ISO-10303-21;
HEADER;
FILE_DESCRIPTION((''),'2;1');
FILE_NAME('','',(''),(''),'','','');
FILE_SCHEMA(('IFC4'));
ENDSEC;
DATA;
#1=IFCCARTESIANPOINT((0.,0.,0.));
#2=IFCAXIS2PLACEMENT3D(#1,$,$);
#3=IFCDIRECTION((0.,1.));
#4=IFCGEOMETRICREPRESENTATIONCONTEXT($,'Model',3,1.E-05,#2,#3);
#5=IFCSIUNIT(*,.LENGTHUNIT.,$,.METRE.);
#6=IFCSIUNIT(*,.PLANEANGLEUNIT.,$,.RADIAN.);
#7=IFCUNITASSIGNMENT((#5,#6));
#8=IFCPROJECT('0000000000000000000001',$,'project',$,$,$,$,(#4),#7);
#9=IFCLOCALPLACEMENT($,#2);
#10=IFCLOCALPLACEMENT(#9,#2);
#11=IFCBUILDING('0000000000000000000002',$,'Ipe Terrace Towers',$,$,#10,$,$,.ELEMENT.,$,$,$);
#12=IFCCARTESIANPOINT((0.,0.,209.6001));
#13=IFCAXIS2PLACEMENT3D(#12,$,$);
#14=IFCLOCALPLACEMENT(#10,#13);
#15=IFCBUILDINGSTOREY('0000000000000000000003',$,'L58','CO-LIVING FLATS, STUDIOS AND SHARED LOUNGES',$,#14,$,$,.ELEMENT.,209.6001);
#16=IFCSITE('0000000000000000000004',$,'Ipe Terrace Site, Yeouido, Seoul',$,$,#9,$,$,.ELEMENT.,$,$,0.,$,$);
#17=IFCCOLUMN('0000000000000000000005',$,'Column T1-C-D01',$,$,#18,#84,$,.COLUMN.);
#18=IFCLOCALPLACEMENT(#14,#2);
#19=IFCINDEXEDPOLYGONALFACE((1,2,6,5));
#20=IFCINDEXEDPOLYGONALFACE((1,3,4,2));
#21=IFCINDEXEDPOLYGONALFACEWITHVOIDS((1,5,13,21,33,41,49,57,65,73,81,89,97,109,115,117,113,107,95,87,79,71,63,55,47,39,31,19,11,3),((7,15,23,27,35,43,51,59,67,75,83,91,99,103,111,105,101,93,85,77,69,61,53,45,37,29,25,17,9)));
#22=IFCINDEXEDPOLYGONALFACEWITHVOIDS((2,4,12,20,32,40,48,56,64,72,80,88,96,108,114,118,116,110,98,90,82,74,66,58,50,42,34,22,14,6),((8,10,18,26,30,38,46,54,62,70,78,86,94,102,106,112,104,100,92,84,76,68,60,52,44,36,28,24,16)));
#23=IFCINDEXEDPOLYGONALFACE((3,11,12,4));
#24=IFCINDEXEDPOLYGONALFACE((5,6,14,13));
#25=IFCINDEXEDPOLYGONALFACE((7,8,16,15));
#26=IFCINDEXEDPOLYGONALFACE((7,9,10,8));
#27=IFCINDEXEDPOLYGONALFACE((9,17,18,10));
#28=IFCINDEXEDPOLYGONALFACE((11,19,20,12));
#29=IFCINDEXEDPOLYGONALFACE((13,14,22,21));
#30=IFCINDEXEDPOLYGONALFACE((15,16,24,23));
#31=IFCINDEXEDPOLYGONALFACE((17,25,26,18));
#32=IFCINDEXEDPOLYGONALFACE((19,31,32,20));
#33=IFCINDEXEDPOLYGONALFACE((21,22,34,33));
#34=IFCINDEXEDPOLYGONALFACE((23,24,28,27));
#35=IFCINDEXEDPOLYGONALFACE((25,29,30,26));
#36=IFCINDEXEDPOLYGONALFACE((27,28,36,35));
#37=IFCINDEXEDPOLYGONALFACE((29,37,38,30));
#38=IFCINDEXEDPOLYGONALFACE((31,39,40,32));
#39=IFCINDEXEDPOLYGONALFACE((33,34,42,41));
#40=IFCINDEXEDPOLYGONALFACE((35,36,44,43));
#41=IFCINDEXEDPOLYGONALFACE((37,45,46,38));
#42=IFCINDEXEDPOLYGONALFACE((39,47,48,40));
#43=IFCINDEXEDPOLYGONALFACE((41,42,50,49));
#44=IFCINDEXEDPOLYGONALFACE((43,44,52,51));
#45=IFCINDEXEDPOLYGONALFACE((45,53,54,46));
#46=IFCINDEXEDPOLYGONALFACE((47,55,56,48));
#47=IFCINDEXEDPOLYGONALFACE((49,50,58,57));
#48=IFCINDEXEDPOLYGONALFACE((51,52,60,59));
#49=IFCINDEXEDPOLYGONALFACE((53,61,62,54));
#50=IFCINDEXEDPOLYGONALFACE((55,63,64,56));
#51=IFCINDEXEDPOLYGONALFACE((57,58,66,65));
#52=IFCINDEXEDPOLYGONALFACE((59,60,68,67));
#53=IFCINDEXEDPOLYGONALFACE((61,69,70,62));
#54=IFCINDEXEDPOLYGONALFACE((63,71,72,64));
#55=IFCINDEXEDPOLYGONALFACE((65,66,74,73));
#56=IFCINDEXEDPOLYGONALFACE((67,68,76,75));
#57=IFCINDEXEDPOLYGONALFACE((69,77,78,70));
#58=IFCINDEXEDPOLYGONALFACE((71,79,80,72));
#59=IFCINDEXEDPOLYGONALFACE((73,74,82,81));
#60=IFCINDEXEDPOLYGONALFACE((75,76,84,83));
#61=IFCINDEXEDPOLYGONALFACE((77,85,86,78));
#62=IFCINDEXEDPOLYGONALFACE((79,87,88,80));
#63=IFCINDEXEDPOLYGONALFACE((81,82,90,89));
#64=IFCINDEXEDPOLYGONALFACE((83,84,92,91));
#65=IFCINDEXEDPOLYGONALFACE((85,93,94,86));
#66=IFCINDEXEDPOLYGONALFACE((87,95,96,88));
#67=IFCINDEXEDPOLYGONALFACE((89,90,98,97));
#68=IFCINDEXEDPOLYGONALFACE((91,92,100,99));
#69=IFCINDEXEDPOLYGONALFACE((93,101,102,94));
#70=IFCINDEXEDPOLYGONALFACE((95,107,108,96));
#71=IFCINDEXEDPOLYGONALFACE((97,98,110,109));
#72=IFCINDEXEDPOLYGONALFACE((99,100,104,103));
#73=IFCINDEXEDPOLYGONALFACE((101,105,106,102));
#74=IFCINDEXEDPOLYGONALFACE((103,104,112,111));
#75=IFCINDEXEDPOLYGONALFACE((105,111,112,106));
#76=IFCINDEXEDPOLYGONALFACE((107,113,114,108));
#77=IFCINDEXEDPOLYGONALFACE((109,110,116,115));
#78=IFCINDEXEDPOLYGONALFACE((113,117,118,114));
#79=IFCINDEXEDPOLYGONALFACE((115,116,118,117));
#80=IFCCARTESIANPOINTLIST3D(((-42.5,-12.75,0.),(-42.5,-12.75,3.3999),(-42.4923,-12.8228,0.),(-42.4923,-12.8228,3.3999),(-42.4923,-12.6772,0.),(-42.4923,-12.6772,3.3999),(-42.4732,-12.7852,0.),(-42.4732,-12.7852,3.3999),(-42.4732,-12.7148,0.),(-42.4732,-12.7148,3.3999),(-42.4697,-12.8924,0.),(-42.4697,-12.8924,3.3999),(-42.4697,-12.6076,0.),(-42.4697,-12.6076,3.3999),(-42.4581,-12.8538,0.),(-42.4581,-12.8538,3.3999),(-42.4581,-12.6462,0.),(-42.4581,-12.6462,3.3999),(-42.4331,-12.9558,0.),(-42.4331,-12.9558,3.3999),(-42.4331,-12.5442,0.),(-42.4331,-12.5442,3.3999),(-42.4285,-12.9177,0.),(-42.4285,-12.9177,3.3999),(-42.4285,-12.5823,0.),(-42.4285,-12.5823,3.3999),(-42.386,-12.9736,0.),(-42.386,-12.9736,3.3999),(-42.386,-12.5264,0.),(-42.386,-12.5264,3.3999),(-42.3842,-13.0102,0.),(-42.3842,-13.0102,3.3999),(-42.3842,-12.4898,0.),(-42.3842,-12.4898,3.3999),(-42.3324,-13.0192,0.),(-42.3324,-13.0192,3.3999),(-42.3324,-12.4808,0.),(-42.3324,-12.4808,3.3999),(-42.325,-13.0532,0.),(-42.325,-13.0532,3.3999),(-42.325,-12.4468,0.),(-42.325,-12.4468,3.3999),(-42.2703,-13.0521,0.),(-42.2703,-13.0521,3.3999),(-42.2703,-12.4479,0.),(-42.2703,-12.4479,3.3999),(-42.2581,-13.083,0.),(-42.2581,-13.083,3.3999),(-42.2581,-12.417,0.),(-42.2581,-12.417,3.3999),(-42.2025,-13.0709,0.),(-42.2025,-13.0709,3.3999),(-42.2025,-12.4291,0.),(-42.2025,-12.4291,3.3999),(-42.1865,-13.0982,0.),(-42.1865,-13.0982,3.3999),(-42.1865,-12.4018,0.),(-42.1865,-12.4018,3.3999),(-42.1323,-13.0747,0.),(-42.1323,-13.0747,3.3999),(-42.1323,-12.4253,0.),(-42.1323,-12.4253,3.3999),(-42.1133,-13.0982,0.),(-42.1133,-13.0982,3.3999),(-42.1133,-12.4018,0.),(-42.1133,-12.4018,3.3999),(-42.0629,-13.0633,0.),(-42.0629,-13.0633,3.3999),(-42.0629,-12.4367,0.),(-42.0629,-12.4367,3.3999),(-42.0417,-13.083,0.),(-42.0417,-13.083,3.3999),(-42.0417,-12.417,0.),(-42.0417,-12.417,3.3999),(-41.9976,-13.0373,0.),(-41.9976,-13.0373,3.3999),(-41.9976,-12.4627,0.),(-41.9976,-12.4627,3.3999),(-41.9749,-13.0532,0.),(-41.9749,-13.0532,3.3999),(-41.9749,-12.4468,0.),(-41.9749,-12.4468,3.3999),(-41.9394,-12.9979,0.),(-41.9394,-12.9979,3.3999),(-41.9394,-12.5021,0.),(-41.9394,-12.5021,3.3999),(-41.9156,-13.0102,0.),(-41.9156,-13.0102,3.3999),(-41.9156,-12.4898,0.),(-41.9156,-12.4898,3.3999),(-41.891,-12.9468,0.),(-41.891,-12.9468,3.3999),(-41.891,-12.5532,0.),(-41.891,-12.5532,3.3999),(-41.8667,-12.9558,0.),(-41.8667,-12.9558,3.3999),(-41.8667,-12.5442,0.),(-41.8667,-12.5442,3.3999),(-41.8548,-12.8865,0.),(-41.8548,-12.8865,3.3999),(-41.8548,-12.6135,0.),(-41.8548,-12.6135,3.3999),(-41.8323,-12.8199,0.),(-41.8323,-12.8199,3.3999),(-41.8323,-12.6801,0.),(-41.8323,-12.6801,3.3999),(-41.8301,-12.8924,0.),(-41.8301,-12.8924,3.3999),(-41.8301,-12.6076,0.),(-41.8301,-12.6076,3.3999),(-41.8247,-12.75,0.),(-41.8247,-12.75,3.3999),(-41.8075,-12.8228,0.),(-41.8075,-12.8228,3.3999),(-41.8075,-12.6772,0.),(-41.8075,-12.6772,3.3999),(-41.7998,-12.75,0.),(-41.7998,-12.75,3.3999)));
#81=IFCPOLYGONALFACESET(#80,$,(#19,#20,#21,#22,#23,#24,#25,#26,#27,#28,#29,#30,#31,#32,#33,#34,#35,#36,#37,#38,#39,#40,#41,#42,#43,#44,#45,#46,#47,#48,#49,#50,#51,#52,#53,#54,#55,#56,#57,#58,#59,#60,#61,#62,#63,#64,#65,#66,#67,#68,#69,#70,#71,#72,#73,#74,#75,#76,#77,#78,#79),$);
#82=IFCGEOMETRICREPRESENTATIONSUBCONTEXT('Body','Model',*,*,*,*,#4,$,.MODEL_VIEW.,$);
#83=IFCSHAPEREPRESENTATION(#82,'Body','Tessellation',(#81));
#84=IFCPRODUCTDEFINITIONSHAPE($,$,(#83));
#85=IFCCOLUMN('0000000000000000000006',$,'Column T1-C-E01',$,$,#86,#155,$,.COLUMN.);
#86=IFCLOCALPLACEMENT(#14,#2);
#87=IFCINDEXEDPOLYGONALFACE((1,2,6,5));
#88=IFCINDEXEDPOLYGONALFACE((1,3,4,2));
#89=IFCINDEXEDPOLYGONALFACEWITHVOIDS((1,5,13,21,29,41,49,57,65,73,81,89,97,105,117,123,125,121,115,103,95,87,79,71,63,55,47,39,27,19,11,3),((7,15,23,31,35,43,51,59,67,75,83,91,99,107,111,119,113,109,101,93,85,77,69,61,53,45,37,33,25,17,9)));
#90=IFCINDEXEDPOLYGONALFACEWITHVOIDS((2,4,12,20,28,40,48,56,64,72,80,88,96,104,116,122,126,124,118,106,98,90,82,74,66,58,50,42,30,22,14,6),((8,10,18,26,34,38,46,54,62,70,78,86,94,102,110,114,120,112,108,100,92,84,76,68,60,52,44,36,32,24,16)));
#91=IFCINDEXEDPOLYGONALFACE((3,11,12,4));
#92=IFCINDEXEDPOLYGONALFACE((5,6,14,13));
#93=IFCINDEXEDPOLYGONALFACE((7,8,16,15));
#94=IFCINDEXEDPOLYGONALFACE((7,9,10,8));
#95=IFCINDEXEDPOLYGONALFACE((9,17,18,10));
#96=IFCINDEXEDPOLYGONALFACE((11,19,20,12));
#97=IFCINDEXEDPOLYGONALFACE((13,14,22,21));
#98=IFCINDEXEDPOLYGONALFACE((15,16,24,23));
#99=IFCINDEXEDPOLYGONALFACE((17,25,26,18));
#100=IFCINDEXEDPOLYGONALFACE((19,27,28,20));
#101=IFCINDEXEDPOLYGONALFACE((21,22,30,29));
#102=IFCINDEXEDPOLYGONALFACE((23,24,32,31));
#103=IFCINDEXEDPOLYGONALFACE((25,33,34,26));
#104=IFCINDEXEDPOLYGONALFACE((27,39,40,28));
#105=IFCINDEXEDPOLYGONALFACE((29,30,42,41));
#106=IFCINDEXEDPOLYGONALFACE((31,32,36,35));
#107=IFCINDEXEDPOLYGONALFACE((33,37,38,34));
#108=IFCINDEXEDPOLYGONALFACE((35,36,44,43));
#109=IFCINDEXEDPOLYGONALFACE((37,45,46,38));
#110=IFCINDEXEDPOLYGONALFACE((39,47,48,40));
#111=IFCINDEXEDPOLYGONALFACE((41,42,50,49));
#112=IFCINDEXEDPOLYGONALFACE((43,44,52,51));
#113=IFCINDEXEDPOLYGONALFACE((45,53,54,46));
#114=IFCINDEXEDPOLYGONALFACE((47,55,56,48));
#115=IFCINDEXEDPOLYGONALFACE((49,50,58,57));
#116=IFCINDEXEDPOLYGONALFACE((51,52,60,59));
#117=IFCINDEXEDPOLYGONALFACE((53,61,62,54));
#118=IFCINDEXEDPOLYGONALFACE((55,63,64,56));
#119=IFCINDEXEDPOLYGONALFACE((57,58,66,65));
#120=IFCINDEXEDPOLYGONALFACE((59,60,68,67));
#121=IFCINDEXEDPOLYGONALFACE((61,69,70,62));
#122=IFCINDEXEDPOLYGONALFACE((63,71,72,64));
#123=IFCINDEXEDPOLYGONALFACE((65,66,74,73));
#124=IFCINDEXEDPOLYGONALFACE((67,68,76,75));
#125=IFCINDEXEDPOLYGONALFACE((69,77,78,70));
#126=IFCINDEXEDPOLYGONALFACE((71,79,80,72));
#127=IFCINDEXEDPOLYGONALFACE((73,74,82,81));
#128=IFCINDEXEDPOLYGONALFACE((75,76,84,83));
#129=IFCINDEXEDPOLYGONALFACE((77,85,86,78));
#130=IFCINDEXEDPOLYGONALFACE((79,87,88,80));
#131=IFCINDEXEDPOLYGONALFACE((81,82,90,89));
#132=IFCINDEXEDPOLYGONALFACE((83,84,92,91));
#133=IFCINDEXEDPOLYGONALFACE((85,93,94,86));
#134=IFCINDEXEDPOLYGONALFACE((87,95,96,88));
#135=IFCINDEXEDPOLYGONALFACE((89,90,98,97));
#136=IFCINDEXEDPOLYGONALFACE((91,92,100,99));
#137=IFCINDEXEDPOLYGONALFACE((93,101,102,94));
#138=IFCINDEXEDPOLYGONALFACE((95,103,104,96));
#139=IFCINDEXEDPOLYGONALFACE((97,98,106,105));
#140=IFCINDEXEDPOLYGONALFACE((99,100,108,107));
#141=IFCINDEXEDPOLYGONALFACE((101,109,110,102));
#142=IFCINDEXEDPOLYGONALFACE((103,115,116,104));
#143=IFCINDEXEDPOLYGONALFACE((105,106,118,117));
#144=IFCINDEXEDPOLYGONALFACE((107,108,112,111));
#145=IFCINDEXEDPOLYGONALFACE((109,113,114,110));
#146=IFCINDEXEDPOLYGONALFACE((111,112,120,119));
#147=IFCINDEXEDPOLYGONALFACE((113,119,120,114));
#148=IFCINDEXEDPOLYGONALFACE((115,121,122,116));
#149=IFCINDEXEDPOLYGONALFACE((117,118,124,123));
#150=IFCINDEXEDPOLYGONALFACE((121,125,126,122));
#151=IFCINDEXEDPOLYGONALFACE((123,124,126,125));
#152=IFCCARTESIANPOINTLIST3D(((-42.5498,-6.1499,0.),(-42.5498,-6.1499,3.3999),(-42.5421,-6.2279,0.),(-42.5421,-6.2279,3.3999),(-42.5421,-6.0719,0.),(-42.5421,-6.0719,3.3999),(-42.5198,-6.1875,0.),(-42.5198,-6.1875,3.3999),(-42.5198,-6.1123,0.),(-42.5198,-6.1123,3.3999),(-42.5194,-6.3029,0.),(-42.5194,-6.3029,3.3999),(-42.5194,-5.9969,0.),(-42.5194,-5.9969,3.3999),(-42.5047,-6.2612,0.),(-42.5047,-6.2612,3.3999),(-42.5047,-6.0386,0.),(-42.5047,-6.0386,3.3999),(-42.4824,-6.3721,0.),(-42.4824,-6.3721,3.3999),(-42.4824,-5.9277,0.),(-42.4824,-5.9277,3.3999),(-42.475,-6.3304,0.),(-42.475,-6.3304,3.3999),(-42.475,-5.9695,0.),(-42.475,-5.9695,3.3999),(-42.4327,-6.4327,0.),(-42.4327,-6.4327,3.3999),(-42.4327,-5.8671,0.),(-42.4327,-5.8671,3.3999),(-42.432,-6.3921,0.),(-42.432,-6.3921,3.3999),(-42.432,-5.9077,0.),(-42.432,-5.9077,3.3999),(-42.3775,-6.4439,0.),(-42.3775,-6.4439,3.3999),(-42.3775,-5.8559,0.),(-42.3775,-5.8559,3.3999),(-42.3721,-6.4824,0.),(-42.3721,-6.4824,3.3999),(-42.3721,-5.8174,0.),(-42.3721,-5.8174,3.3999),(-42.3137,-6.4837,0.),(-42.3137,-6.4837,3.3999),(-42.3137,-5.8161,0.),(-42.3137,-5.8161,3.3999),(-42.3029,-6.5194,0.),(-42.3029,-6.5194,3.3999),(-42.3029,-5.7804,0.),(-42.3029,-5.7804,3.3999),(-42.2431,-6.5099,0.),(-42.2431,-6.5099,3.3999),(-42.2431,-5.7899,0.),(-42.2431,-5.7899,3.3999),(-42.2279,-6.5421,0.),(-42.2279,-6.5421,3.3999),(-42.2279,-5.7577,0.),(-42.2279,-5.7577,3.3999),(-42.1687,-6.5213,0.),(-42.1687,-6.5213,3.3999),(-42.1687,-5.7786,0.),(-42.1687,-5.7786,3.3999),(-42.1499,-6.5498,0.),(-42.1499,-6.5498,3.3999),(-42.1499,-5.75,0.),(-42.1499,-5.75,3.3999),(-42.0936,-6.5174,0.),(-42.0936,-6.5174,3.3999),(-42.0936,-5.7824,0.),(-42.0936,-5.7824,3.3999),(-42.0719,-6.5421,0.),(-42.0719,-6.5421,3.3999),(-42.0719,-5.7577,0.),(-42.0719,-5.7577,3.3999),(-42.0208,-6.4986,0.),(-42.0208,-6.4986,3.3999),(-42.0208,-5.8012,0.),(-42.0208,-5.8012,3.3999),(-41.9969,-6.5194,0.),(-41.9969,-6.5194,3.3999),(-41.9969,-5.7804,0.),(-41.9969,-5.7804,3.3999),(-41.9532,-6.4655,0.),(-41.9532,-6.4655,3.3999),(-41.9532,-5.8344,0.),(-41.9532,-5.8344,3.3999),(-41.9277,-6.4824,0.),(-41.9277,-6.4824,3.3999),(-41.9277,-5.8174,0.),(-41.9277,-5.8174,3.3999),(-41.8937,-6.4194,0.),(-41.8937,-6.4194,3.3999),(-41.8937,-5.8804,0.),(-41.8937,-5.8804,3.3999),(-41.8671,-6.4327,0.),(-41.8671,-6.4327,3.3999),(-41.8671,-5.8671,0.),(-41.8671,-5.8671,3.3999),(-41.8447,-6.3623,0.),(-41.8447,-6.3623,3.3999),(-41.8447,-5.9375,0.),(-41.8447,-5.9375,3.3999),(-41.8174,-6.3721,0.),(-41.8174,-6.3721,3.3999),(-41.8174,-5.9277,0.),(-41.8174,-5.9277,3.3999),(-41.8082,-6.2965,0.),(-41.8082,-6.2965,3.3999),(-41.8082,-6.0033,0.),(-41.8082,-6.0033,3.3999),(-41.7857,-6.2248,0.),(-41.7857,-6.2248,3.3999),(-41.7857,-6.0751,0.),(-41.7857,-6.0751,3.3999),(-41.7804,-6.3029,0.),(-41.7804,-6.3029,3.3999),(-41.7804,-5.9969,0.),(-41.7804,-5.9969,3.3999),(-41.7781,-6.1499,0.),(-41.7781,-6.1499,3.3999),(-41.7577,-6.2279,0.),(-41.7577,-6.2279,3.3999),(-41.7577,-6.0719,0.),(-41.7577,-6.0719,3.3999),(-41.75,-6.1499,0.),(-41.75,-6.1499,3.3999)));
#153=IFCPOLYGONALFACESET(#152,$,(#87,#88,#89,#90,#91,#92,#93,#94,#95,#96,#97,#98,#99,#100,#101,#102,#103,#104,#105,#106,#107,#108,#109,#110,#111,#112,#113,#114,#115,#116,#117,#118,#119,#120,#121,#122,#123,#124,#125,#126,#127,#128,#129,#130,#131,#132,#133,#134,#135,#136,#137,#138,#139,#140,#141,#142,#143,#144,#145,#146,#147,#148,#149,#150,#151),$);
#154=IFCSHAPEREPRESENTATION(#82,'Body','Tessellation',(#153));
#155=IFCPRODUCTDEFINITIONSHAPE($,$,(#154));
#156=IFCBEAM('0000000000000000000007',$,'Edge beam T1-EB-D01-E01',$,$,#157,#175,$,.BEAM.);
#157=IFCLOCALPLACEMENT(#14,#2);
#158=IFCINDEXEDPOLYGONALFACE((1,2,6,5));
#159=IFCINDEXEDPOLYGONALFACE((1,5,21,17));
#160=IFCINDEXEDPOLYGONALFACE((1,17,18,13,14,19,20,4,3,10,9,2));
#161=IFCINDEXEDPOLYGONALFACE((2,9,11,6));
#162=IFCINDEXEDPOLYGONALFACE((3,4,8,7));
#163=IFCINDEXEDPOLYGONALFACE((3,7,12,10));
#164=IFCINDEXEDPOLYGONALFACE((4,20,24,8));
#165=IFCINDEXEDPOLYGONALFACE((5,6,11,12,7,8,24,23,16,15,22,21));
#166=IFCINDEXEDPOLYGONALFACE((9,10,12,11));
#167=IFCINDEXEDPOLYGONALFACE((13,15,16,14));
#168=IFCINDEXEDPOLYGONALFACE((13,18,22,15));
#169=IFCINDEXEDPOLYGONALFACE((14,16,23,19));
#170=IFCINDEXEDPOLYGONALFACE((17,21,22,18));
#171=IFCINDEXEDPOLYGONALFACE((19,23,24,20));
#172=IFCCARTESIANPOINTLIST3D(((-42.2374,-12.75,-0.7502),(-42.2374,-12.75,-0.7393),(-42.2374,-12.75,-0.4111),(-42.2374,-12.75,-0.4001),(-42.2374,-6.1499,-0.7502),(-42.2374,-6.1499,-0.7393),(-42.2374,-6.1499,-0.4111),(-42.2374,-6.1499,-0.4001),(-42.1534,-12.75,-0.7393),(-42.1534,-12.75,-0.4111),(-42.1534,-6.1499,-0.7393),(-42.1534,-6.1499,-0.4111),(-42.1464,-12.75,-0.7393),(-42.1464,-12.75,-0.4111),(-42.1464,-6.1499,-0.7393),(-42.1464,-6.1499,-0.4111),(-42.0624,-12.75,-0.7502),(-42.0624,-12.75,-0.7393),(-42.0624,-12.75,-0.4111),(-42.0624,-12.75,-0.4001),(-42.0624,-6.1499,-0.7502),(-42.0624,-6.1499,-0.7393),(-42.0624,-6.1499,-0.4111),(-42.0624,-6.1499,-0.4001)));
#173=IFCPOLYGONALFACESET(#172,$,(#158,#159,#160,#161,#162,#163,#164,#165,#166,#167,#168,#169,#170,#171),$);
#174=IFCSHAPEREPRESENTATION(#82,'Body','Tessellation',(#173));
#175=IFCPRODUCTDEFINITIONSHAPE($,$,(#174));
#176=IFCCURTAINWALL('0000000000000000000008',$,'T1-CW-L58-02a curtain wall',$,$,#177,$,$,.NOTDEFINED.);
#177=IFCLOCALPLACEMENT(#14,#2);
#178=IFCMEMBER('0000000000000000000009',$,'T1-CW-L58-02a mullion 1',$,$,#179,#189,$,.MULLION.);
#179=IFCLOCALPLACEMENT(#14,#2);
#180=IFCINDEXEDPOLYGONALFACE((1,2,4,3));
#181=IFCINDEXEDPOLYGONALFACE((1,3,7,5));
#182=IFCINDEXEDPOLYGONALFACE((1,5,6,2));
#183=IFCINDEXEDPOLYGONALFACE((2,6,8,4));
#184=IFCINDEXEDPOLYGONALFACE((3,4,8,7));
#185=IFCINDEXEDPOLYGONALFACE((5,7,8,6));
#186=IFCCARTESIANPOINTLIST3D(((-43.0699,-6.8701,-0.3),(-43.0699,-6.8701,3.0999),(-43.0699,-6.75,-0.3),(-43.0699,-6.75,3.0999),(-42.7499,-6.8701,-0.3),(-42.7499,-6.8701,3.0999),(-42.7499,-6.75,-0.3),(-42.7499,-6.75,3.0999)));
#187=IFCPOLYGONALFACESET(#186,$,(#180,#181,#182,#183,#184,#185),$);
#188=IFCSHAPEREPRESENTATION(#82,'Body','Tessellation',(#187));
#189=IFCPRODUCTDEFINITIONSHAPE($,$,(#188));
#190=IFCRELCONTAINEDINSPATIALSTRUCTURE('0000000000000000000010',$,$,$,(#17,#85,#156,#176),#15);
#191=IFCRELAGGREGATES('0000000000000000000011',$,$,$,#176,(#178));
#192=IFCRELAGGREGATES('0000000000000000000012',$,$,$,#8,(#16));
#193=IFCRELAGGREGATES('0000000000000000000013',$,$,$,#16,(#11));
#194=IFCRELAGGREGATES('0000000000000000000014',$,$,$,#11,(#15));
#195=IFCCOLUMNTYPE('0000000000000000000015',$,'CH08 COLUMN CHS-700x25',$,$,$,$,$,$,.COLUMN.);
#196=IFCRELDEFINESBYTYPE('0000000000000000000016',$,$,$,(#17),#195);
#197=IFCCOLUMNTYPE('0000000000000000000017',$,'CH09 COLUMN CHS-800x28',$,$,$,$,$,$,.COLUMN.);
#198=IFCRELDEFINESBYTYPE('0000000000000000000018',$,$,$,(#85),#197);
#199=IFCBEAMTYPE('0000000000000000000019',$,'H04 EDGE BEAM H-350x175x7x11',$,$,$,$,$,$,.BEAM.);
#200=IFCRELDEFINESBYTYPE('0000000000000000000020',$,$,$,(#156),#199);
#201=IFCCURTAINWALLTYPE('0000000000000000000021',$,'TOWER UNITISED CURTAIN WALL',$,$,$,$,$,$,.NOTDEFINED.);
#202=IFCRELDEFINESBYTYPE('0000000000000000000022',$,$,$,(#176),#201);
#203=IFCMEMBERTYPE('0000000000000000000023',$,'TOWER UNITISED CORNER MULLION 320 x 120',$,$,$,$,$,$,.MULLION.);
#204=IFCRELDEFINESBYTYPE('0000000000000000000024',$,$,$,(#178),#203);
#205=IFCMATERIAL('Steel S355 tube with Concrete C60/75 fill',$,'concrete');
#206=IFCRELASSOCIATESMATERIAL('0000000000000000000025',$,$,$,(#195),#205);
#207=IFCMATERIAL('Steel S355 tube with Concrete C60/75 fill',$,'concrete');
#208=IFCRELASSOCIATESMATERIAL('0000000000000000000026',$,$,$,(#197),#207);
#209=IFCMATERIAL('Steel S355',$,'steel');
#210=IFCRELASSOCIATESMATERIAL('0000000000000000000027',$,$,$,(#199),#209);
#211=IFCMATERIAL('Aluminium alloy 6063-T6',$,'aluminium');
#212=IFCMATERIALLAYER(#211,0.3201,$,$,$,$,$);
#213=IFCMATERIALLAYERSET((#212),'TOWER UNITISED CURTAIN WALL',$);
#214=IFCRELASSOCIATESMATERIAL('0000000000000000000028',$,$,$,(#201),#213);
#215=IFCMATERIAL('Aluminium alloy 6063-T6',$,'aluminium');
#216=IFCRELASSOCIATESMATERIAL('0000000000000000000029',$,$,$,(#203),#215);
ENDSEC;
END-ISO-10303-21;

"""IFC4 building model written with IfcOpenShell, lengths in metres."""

from ifc_helpers import new_model, si_unit, direction, frame, origin, origin_2d, place, context, subcontext, project, spatial, rectangle, hollow_circle, i_section, extrude, material, layer, layer_set, material_profile, profile_set, type_object, element, aggregate, save


model = new_model("IFC4")

# Units and contexts
model_context = context("Model", 3, precision=1e-05, world=origin(), true_north=direction((0.0, 1.0)))
body_context = subcontext(model_context, "Body", "Model", "MODEL_VIEW")
ifc_project = project(units=[si_unit("LENGTHUNIT", "METRE"), si_unit("PLANEANGLEUNIT", "RADIAN")], contexts=[model_context])

# Site, building, storey
site_placement = place(None, origin())
site = spatial("IfcSite", under=ifc_project, at=site_placement, Name="Ipe Terrace Site, Yeouido, Seoul", CompositionType="ELEMENT", RefElevation=0.0)
building_placement = place(site_placement, origin())
building = spatial("IfcBuilding", under=site, at=building_placement, Name="Ipe Terrace Towers", CompositionType="ELEMENT")
storey_placement = place(building_placement, frame((0.0, 0.0, 209.6001)))
storey = spatial("IfcBuildingStorey", under=building, at=storey_placement, Name="L58", Description="CO-LIVING FLATS, STUDIOS AND SHARED LOUNGES", CompositionType="ELEMENT", Elevation=209.6001)

# Columns
ifc_material_1 = material(Name="Steel S355 tube with Concrete C60/75 fill", Category="concrete")
ifc_material_profile_1 = material_profile(ifc_material_1, hollow_circle(Radius=0.3501, WallThickness=0.0249, at=origin_2d()), Name="CHS-700x25")
ifc_profile_set_1 = profile_set([ifc_material_profile_1], Name="Steel S355 tube with Concrete C60/75 fill")
column_type_1 = type_object("IfcColumnType", Name="CH08 COLUMN CHS-700x25", PredefinedType="COLUMN", material=ifc_profile_set_1)
column_1_placement = place(storey_placement, frame((-42.1499, -12.75, 0.0), z_axis=(0.0, 0.0, 1.0), x_axis=(1.0, 0.0, 0.0)))
element("IfcColumn", 1, at=column_1_placement, inside=storey, type_object=column_type_1, Name="Column T1-C-D01", PredefinedType="COLUMN", context=body_context, shape_type="SweptSolid", body=[
    extrude(hollow_circle(Radius=0.3501, WallThickness=0.0249, at=origin_2d()), origin(), (0.0, 0.0, 1.0), 3.3999),
])
ifc_material_2 = material(Name="Steel S355 tube with Concrete C60/75 fill", Category="concrete")
ifc_material_profile_2 = material_profile(ifc_material_2, hollow_circle(Radius=0.3999, WallThickness=0.0281, at=origin_2d()), Name="CHS-800x28")
ifc_profile_set_2 = profile_set([ifc_material_profile_2], Name="Steel S355 tube with Concrete C60/75 fill")
column_type_2 = type_object("IfcColumnType", Name="CH09 COLUMN CHS-800x28", PredefinedType="COLUMN", material=ifc_profile_set_2)
column_2_placement = place(storey_placement, frame((-42.1499, -6.1499, 0.0), z_axis=(0.0, 0.0, 1.0), x_axis=(1.0, 0.0, 0.0)))
element("IfcColumn", 2, at=column_2_placement, inside=storey, type_object=column_type_2, Name="Column T1-C-E01", PredefinedType="COLUMN", context=body_context, shape_type="SweptSolid", body=[
    extrude(hollow_circle(Radius=0.3999, WallThickness=0.0281, at=origin_2d()), origin(), (0.0, 0.0, 1.0), 3.3999),
])

# Beam
ifc_material_3 = material(Name="Steel S355", Category="steel")
ifc_material_profile_3 = material_profile(ifc_material_3, i_section(OverallWidth=0.175, OverallDepth=0.3501, WebThickness=0.0071, FlangeThickness=0.011, at=origin_2d()), Name="H-350x175x7x11")
ifc_profile_set_3 = profile_set([ifc_material_profile_3], Name="Steel S355")
beam_type = type_object("IfcBeamType", Name="H04 EDGE BEAM H-350x175x7x11", PredefinedType="BEAM", material=ifc_profile_set_3)
beam_placement = place(storey_placement, frame((-42.1499, -12.75, -0.5752), z_axis=(0.0, 1.0, 0.0), x_axis=(-1.0, 0.0, 0.0)))
element("IfcBeam", 3, at=beam_placement, inside=storey, type_object=beam_type, Name="Edge beam T1-EB-D01-E01", PredefinedType="BEAM", context=body_context, shape_type="SweptSolid", body=[
    extrude(i_section(OverallWidth=0.175, OverallDepth=0.3501, WebThickness=0.0071, FlangeThickness=0.011, at=origin_2d()), origin(), (0.0, 0.0, 1.0), 6.6001),
])

# Curtain wall, member
ifc_material_4 = material(Name="Aluminium alloy 6063-T6", Category="aluminium")
ifc_layer_1 = layer(ifc_material_4, 0.3201)
ifc_layer_set_1 = layer_set([ifc_layer_1], Name="TOWER UNITISED CURTAIN WALL")
curtain_wall_type = type_object("IfcCurtainWallType", Name="TOWER UNITISED CURTAIN WALL", PredefinedType="NOTDEFINED", material=ifc_layer_set_1)
curtain_wall_placement = place(storey_placement, origin())
curtain_wall = element("IfcCurtainWall", 4, at=curtain_wall_placement, inside=storey, type_object=curtain_wall_type, Name="T1-CW-L58-02a curtain wall", PredefinedType="NOTDEFINED")
ifc_material_5 = material(Name="Aluminium alloy 6063-T6", Category="aluminium")
ifc_material_profile_4 = material_profile(ifc_material_5, rectangle(XDim=0.3201, YDim=0.1201, at=origin_2d()), Name="TOWER UNITISED CORNER MULLION 320 x 120")
ifc_profile_set_4 = profile_set([ifc_material_profile_4], Name="Aluminium alloy 6063-T6")
member_type = type_object("IfcMemberType", Name="TOWER UNITISED CORNER MULLION 320 x 120", PredefinedType="MULLION", material=ifc_profile_set_4)
member_1_placement = place(storey_placement, frame((-42.9099, -6.8101, -0.3), z_axis=(0.0, 0.0, 1.0), x_axis=(-1.0, 0.0, 0.0)))
member_1 = element("IfcMember", 5, at=member_1_placement, type_object=member_type, Name="T1-CW-L58-02a mullion 1", PredefinedType="MULLION", context=body_context, shape_type="SweptSolid", body=[
    extrude(rectangle(XDim=0.3201, YDim=0.1201, at=origin_2d()), origin(), (0.0, 0.0, 1.0), 3.3999),
])
aggregate(curtain_wall, [member_1])

save(model, "model.ifc")
